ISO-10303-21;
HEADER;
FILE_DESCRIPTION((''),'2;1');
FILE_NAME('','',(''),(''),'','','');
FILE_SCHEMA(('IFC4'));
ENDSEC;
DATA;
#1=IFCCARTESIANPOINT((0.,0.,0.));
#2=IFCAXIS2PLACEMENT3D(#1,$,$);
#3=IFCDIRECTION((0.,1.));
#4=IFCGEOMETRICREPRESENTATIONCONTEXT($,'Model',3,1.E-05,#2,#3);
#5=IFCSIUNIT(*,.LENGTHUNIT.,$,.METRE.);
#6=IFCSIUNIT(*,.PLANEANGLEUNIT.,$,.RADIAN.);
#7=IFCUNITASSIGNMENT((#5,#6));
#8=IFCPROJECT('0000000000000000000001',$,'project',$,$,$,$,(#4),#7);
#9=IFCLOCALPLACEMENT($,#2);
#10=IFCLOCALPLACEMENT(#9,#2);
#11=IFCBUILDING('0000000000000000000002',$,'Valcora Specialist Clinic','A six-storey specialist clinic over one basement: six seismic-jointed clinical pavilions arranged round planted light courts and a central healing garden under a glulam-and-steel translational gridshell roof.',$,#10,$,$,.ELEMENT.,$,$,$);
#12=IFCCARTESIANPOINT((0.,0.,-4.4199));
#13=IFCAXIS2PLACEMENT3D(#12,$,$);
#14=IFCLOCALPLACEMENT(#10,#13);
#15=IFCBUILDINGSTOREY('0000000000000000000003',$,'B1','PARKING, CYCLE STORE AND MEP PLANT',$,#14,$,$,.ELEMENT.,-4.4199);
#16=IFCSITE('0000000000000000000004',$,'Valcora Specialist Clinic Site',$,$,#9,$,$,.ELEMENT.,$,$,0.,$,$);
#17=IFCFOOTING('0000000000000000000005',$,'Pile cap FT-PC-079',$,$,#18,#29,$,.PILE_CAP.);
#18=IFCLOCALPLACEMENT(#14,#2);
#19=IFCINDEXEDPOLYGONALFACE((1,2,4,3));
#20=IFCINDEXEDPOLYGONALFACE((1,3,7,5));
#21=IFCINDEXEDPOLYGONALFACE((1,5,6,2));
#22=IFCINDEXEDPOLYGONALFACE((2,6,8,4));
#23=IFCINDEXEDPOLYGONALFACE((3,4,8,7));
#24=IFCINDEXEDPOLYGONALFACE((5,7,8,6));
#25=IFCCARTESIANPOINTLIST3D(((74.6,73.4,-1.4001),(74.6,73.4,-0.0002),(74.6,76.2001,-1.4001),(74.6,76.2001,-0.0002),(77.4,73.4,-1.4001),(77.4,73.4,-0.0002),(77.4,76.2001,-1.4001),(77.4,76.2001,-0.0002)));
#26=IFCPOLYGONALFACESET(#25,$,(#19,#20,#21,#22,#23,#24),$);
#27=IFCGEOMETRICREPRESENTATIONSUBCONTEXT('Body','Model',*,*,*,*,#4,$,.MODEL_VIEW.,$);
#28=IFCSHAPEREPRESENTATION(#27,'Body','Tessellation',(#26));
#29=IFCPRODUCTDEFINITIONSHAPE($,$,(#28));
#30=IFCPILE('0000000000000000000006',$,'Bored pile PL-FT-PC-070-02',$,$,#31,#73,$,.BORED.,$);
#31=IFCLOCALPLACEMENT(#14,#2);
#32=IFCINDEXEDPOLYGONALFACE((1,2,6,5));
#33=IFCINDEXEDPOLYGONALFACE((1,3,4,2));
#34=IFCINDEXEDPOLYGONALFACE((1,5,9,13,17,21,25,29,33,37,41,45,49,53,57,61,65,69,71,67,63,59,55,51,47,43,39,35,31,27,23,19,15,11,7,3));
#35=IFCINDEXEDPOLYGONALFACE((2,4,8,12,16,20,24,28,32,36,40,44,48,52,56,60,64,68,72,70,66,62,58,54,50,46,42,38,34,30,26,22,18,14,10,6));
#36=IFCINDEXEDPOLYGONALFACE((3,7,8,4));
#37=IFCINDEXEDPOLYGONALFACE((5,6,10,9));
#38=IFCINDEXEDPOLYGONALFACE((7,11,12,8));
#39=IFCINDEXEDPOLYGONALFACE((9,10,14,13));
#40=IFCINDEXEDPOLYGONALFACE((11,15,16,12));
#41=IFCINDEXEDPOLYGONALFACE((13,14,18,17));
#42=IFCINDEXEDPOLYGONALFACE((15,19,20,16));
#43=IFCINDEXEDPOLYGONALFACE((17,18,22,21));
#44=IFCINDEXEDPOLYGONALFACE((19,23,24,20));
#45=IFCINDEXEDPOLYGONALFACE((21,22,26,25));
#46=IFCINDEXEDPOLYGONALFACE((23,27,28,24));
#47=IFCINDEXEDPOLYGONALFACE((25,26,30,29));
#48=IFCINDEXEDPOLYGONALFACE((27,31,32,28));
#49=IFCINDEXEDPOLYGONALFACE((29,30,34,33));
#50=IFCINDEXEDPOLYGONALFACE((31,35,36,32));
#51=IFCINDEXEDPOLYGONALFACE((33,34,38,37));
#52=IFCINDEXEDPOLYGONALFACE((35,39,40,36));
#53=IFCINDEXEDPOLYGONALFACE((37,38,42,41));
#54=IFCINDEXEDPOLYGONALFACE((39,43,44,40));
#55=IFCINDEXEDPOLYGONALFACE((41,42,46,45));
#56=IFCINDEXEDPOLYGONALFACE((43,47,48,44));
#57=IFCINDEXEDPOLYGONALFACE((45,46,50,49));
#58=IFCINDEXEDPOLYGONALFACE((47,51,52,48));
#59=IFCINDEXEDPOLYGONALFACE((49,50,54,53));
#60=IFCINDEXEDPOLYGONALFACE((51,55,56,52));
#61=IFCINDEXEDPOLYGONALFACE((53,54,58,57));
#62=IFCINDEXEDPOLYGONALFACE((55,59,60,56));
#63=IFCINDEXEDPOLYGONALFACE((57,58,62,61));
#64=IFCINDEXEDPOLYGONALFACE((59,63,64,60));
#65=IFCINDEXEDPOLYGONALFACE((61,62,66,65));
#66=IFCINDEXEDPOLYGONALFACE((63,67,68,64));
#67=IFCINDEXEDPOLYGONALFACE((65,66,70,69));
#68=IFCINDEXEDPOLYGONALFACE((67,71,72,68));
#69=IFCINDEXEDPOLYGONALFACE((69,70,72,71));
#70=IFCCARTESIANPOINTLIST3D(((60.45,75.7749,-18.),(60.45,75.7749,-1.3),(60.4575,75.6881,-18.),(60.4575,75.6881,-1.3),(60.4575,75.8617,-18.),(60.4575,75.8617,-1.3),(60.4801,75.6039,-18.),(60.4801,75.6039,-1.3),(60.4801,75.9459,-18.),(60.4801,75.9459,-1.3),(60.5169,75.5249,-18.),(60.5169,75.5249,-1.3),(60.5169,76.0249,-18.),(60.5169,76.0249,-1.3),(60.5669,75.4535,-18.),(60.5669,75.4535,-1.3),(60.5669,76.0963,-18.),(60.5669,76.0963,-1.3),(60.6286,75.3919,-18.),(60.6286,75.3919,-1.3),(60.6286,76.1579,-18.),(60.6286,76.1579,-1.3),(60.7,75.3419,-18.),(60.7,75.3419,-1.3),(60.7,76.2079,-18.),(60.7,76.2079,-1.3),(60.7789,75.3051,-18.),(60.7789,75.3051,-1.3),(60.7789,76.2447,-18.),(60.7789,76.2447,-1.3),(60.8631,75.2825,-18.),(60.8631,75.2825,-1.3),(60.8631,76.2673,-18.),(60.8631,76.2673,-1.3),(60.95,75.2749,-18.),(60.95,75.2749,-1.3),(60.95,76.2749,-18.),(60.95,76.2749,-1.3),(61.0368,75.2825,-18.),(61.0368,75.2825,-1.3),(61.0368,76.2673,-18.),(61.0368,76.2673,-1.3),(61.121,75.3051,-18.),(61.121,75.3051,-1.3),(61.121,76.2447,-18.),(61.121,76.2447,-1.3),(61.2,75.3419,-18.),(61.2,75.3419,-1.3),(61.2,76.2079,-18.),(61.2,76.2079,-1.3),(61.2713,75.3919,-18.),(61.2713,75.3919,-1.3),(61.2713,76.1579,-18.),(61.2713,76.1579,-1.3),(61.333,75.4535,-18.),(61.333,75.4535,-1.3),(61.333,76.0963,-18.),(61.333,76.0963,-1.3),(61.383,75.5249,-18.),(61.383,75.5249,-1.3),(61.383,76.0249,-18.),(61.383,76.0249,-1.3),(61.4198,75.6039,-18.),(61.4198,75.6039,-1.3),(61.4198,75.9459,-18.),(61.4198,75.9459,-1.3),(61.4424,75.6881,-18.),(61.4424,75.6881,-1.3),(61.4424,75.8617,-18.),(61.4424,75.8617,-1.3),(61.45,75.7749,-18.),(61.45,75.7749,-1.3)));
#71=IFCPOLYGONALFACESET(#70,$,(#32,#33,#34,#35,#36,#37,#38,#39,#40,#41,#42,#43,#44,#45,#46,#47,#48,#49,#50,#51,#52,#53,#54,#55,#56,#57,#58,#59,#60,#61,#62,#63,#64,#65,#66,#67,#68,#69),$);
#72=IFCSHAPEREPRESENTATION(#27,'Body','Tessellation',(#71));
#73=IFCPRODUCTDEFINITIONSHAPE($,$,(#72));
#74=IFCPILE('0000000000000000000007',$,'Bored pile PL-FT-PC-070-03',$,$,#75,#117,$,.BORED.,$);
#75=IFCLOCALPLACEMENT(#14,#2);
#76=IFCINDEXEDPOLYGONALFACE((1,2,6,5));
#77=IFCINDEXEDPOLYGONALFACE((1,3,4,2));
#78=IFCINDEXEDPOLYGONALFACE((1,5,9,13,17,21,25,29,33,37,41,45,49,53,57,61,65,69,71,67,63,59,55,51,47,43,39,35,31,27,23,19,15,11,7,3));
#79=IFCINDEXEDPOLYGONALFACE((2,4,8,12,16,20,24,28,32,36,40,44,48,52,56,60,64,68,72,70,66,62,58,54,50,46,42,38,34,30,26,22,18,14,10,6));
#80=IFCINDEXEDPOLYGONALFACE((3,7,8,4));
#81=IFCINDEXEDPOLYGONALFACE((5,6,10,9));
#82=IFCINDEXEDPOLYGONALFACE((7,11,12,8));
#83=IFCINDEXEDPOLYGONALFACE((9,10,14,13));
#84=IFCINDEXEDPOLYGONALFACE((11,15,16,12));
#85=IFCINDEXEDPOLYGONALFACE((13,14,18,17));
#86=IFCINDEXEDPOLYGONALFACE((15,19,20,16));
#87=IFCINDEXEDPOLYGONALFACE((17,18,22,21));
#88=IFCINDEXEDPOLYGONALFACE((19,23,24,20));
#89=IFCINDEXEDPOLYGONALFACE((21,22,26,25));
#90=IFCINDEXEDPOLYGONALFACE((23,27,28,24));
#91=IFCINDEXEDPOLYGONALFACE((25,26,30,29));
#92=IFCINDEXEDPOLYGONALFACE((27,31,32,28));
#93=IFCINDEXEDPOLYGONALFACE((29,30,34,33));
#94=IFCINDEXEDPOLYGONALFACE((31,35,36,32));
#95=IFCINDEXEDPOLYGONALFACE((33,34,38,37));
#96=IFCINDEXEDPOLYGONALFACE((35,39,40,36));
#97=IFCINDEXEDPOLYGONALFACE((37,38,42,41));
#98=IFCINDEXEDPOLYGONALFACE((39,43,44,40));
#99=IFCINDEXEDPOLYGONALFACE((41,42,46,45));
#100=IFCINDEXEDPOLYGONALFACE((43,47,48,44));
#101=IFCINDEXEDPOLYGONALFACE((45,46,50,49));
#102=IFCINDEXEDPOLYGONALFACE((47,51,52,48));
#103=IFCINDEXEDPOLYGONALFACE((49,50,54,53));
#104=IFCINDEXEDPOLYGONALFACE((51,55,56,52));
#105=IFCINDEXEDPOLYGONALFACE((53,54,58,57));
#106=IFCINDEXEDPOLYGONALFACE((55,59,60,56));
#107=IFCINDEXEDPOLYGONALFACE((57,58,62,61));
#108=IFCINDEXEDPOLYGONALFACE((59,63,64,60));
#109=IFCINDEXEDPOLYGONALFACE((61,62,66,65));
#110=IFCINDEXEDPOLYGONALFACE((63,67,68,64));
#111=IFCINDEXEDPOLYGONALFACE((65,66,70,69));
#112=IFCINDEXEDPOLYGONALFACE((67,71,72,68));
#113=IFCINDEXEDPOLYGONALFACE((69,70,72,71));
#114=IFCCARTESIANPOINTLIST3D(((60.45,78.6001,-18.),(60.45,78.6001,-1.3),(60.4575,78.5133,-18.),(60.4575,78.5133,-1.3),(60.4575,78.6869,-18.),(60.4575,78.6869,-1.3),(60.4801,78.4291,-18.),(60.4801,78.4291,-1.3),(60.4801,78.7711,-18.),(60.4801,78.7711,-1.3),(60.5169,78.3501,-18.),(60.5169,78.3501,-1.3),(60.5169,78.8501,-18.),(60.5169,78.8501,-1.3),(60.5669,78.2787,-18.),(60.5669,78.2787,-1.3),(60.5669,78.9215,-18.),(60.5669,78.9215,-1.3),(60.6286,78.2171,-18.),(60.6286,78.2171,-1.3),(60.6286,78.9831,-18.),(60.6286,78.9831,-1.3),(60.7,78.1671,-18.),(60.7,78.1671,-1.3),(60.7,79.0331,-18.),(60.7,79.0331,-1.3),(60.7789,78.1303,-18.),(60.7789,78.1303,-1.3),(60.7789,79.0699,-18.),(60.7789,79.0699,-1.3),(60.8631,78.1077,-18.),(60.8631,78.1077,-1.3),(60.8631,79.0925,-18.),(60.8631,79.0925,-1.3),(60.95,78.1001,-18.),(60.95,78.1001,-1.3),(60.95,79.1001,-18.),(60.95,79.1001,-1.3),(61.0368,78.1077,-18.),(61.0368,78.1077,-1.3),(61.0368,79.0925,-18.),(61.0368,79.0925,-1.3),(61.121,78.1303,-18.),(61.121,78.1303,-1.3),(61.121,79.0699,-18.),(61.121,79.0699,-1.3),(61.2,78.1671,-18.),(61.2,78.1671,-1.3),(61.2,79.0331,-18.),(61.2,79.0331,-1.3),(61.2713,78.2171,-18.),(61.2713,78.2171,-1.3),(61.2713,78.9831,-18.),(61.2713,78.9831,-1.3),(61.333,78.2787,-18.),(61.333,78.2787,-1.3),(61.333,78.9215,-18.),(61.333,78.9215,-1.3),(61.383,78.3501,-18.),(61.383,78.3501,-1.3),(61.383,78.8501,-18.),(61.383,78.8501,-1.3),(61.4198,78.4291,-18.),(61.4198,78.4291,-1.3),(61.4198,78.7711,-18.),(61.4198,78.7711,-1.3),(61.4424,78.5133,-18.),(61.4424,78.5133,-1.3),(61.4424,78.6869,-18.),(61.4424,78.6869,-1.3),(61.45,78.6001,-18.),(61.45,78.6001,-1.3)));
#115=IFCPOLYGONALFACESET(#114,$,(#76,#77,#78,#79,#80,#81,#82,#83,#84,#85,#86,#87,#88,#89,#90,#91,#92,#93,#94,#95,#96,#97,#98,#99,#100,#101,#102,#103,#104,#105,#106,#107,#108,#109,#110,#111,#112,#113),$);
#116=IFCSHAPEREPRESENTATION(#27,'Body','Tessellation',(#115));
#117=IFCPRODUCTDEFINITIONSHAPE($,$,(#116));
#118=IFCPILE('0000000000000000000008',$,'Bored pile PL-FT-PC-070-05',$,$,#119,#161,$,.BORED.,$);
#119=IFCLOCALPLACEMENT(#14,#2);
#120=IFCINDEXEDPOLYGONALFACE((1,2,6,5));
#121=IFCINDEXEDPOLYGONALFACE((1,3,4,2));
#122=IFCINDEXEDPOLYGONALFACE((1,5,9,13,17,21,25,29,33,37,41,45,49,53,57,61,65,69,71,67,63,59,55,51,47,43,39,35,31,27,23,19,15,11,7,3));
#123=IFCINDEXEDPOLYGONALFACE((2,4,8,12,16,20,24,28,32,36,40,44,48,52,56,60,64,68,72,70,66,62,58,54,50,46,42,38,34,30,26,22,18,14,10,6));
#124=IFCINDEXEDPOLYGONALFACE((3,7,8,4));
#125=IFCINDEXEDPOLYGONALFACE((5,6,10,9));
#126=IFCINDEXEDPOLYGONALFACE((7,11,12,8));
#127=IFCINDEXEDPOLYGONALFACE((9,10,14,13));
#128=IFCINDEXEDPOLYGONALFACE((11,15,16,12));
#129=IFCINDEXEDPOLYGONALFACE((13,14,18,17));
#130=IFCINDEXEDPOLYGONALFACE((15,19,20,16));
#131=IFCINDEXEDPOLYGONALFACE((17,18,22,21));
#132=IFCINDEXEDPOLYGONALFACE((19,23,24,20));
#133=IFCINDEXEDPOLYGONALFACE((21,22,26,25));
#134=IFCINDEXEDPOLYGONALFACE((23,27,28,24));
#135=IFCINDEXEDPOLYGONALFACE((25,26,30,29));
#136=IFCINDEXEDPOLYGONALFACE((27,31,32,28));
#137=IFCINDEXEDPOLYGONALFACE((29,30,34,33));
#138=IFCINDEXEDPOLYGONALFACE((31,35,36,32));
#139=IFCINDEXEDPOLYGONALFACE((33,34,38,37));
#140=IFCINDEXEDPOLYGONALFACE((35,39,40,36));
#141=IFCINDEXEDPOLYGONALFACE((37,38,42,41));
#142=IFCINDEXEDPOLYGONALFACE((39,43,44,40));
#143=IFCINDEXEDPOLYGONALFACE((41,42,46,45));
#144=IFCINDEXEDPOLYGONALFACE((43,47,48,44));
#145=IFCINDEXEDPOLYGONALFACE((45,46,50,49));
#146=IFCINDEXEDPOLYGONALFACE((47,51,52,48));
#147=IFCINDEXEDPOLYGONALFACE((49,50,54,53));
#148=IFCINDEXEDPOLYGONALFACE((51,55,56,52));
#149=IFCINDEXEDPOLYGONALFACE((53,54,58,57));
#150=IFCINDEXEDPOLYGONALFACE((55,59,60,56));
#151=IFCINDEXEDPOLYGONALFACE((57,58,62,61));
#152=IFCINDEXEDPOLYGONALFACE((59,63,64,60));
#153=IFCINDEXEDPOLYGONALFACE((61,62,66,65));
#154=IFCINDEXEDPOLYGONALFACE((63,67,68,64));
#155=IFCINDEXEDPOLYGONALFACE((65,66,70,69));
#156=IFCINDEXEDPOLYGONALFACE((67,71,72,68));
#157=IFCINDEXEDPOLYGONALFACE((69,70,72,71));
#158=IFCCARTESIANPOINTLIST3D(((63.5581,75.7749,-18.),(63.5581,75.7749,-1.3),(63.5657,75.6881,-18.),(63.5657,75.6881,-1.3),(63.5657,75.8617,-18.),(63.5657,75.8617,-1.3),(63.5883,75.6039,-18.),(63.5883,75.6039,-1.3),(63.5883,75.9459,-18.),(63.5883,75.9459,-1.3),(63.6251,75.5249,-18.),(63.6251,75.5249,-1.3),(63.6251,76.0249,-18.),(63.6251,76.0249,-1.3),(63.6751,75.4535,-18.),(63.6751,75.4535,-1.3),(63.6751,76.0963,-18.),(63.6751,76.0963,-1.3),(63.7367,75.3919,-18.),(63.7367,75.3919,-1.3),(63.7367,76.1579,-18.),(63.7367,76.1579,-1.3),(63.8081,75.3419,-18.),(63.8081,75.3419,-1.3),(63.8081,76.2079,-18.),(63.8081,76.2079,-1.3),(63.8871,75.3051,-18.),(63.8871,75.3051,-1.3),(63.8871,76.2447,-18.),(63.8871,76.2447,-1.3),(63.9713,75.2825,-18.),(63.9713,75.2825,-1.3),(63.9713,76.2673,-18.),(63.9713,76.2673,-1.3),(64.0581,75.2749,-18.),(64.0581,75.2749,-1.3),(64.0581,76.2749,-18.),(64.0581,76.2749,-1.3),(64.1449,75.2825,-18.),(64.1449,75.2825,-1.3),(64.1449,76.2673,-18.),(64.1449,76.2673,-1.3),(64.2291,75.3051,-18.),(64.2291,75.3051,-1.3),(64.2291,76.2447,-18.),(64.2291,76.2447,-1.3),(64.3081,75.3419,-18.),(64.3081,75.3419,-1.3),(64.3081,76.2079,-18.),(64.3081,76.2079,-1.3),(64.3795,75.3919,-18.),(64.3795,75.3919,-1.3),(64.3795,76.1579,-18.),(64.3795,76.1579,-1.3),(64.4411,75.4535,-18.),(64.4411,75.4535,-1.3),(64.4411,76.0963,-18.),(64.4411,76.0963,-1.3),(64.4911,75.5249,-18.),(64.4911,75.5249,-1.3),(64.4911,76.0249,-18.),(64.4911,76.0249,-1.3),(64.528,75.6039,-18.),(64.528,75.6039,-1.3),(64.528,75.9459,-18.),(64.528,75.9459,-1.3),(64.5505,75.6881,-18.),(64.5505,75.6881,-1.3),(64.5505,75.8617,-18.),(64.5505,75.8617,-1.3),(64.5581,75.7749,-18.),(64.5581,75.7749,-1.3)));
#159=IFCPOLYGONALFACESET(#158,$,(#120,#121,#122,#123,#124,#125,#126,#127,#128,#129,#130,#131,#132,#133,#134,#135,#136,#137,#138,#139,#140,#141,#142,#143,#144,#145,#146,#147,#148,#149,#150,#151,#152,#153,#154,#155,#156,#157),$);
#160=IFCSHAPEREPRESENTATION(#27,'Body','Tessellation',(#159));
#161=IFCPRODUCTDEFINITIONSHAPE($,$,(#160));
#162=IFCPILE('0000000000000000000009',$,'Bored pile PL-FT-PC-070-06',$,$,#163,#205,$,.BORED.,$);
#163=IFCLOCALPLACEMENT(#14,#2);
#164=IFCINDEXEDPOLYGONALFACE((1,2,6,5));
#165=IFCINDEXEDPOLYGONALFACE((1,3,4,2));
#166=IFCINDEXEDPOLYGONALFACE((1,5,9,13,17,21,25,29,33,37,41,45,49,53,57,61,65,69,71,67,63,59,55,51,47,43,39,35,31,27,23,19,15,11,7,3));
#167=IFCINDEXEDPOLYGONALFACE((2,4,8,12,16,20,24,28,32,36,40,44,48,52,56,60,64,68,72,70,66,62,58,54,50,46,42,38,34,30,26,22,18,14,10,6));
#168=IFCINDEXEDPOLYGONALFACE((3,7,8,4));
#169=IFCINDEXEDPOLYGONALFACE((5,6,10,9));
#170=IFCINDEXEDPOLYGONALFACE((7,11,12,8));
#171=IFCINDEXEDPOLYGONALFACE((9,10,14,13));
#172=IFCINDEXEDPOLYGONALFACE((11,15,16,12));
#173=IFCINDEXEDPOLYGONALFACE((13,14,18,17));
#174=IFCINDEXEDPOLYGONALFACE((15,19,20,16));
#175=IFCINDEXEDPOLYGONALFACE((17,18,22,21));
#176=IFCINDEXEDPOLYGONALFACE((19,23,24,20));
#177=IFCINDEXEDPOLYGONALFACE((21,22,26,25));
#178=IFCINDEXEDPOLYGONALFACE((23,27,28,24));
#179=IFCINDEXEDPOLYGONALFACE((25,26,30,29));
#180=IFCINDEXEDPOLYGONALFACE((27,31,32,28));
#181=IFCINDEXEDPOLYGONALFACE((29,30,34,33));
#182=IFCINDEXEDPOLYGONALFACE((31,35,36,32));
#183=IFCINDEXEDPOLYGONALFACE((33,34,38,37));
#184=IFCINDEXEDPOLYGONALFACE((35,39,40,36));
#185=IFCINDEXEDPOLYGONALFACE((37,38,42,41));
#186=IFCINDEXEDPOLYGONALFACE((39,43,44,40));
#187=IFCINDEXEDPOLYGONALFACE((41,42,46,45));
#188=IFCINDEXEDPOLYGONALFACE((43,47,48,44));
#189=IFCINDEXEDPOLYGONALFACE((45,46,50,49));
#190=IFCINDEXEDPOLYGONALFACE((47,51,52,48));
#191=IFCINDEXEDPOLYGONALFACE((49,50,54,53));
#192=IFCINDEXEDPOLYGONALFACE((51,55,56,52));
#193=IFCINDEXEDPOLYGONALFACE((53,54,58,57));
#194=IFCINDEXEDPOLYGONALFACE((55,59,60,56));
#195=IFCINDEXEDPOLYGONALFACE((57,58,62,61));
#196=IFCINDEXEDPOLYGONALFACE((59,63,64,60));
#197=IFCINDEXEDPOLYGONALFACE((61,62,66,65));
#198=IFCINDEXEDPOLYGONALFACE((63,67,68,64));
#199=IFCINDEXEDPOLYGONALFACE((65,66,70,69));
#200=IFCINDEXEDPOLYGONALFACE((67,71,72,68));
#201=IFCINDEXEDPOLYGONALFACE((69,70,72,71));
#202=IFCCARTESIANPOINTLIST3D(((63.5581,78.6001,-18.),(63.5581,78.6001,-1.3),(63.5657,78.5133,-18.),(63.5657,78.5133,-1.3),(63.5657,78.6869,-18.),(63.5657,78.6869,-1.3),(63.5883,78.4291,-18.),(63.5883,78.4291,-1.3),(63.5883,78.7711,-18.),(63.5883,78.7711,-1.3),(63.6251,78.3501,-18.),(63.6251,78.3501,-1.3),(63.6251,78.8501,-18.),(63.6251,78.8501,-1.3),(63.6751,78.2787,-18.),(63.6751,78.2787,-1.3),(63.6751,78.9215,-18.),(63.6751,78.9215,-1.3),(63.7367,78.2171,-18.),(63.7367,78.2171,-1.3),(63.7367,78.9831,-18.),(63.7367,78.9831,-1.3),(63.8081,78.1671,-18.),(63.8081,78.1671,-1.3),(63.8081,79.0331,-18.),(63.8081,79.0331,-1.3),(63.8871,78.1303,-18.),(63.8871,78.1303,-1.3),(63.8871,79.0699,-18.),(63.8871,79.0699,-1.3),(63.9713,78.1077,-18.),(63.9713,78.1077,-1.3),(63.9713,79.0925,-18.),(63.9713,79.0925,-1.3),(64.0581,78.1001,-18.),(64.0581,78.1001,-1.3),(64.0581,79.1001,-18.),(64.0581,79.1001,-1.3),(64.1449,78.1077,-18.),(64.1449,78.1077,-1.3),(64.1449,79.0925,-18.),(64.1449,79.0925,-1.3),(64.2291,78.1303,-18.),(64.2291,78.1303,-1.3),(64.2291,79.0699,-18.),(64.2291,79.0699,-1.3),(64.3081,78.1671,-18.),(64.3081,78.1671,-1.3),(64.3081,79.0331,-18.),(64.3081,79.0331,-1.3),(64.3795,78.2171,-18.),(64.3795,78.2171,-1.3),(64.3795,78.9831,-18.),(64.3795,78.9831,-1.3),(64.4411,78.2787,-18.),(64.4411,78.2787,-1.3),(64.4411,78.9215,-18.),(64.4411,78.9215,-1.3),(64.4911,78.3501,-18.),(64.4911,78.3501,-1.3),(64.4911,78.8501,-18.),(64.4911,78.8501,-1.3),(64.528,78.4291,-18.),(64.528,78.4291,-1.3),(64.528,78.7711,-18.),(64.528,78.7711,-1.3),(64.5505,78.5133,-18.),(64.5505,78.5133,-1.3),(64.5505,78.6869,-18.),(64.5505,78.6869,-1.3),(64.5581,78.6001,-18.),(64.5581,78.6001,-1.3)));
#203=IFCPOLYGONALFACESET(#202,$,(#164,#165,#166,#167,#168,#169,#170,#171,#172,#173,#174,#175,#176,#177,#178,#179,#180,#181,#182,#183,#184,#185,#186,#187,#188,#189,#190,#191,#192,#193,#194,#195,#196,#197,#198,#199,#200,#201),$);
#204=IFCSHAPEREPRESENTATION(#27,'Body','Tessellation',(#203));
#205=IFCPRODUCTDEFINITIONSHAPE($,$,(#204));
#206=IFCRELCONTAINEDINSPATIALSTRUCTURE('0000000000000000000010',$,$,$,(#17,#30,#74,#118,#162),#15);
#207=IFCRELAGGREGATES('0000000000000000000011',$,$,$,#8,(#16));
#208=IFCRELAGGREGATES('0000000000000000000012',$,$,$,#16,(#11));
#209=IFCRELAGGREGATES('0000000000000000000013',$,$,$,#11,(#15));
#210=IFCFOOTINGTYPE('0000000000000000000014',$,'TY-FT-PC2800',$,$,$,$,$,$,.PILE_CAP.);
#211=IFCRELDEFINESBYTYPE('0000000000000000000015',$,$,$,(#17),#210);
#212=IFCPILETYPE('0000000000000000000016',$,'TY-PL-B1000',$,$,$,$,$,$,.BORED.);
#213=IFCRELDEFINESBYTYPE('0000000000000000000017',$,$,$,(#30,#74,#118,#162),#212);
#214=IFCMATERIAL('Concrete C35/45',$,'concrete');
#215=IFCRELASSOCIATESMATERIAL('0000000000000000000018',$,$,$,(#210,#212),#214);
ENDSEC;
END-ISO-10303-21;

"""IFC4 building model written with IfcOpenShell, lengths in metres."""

from ifc_helpers import new_model, si_unit, direction, frame, origin, origin_2d, place, context, subcontext, project, spatial, rectangle, circle, extrude, material, material_profile, profile_set, type_object, element, save


model = new_model("IFC4")

# Units and contexts
model_context = context("Model", 3, precision=1e-05, world=origin(), true_north=direction((0.0, 1.0)))
body_context = subcontext(model_context, "Body", "Model", "MODEL_VIEW")
ifc_project = project(units=[si_unit("LENGTHUNIT", "METRE"), si_unit("PLANEANGLEUNIT", "RADIAN")], contexts=[model_context])

# Site, building, storey
site_placement = place(None, origin())
site = spatial("IfcSite", under=ifc_project, at=site_placement, Name="Valcora Specialist Clinic Site", CompositionType="ELEMENT", RefElevation=0.0)
building_placement = place(site_placement, origin())
building = spatial("IfcBuilding", under=site, at=building_placement, Name="Valcora Specialist Clinic", Description="A six-storey specialist clinic over one basement: six seismic-jointed clinical pavilions arranged round planted light courts and a central healing garden under a glulam-and-steel translational gridshell roof.", CompositionType="ELEMENT")
storey_placement = place(building_placement, frame((0.0, 0.0, -4.4199)))
storey = spatial("IfcBuildingStorey", under=building, at=storey_placement, Name="B1", Description="PARKING, CYCLE STORE AND MEP PLANT", CompositionType="ELEMENT", Elevation=-4.4199)

# Footing
ifc_material_1 = material(Name="Concrete C35/45", Category="concrete")
footing_type = type_object("IfcFootingType", Name="TY-FT-PC2800", PredefinedType="PILE_CAP", material=ifc_material_1)
footing_placement = place(storey_placement, frame((76.0, 74.8, -1.4001), z_axis=(0.0, 0.0, 1.0), x_axis=(1.0, 0.0, 0.0)))
element("IfcFooting", 1, at=footing_placement, inside=storey, type_object=footing_type, Name="Pile cap FT-PC-079", PredefinedType="PILE_CAP", context=body_context, shape_type="SweptSolid", body=[
    extrude(rectangle(XDim=2.8, YDim=2.8, at=origin_2d()), origin(), (0.0, 0.0, 1.0), 1.3999),
])

# Piles
ifc_material_profile_1 = material_profile(ifc_material_1, circle(Radius=0.5, at=origin_2d()), Name="RC-PIL-D1000")
ifc_profile_set_1 = profile_set([ifc_material_profile_1], Name="Concrete C35/45")
pile_type_1 = type_object("IfcPileType", Name="TY-PL-B1000", PredefinedType="BORED", material=ifc_profile_set_1)
for number, where, z_axis, x_axis, name in (
    (2, (60.95, 75.7749, -1.3), (0.0, 0.0, -1.0), (1.0, 0.0, 0.0), "Bored pile PL-FT-PC-070-02"),
    (3, (60.95, 78.6001, -1.3), (0.0, 0.0, -1.0), (1.0, 0.0, 0.0), "Bored pile PL-FT-PC-070-03"),
    (4, (64.0581, 75.7749, -1.3), (0.0, 0.0, -1.0), (1.0, 0.0, 0.0), "Bored pile PL-FT-PC-070-05"),
    (5, (64.0581, 78.6001, -1.3), (0.0, 0.0, -1.0), (1.0, 0.0, 0.0), "Bored pile PL-FT-PC-070-06"),
):
    element("IfcPile", number, at=place(storey_placement, frame(where, z_axis=z_axis, x_axis=x_axis)), inside=storey, type_object=pile_type_1, Name=name, PredefinedType="BORED", context=body_context, shape_type="SweptSolid", body=[
        extrude(circle(Radius=0.5, at=origin_2d()), origin(), (0.0, 0.0, 1.0), 16.7),
    ])

save(model, "model.ifc")
